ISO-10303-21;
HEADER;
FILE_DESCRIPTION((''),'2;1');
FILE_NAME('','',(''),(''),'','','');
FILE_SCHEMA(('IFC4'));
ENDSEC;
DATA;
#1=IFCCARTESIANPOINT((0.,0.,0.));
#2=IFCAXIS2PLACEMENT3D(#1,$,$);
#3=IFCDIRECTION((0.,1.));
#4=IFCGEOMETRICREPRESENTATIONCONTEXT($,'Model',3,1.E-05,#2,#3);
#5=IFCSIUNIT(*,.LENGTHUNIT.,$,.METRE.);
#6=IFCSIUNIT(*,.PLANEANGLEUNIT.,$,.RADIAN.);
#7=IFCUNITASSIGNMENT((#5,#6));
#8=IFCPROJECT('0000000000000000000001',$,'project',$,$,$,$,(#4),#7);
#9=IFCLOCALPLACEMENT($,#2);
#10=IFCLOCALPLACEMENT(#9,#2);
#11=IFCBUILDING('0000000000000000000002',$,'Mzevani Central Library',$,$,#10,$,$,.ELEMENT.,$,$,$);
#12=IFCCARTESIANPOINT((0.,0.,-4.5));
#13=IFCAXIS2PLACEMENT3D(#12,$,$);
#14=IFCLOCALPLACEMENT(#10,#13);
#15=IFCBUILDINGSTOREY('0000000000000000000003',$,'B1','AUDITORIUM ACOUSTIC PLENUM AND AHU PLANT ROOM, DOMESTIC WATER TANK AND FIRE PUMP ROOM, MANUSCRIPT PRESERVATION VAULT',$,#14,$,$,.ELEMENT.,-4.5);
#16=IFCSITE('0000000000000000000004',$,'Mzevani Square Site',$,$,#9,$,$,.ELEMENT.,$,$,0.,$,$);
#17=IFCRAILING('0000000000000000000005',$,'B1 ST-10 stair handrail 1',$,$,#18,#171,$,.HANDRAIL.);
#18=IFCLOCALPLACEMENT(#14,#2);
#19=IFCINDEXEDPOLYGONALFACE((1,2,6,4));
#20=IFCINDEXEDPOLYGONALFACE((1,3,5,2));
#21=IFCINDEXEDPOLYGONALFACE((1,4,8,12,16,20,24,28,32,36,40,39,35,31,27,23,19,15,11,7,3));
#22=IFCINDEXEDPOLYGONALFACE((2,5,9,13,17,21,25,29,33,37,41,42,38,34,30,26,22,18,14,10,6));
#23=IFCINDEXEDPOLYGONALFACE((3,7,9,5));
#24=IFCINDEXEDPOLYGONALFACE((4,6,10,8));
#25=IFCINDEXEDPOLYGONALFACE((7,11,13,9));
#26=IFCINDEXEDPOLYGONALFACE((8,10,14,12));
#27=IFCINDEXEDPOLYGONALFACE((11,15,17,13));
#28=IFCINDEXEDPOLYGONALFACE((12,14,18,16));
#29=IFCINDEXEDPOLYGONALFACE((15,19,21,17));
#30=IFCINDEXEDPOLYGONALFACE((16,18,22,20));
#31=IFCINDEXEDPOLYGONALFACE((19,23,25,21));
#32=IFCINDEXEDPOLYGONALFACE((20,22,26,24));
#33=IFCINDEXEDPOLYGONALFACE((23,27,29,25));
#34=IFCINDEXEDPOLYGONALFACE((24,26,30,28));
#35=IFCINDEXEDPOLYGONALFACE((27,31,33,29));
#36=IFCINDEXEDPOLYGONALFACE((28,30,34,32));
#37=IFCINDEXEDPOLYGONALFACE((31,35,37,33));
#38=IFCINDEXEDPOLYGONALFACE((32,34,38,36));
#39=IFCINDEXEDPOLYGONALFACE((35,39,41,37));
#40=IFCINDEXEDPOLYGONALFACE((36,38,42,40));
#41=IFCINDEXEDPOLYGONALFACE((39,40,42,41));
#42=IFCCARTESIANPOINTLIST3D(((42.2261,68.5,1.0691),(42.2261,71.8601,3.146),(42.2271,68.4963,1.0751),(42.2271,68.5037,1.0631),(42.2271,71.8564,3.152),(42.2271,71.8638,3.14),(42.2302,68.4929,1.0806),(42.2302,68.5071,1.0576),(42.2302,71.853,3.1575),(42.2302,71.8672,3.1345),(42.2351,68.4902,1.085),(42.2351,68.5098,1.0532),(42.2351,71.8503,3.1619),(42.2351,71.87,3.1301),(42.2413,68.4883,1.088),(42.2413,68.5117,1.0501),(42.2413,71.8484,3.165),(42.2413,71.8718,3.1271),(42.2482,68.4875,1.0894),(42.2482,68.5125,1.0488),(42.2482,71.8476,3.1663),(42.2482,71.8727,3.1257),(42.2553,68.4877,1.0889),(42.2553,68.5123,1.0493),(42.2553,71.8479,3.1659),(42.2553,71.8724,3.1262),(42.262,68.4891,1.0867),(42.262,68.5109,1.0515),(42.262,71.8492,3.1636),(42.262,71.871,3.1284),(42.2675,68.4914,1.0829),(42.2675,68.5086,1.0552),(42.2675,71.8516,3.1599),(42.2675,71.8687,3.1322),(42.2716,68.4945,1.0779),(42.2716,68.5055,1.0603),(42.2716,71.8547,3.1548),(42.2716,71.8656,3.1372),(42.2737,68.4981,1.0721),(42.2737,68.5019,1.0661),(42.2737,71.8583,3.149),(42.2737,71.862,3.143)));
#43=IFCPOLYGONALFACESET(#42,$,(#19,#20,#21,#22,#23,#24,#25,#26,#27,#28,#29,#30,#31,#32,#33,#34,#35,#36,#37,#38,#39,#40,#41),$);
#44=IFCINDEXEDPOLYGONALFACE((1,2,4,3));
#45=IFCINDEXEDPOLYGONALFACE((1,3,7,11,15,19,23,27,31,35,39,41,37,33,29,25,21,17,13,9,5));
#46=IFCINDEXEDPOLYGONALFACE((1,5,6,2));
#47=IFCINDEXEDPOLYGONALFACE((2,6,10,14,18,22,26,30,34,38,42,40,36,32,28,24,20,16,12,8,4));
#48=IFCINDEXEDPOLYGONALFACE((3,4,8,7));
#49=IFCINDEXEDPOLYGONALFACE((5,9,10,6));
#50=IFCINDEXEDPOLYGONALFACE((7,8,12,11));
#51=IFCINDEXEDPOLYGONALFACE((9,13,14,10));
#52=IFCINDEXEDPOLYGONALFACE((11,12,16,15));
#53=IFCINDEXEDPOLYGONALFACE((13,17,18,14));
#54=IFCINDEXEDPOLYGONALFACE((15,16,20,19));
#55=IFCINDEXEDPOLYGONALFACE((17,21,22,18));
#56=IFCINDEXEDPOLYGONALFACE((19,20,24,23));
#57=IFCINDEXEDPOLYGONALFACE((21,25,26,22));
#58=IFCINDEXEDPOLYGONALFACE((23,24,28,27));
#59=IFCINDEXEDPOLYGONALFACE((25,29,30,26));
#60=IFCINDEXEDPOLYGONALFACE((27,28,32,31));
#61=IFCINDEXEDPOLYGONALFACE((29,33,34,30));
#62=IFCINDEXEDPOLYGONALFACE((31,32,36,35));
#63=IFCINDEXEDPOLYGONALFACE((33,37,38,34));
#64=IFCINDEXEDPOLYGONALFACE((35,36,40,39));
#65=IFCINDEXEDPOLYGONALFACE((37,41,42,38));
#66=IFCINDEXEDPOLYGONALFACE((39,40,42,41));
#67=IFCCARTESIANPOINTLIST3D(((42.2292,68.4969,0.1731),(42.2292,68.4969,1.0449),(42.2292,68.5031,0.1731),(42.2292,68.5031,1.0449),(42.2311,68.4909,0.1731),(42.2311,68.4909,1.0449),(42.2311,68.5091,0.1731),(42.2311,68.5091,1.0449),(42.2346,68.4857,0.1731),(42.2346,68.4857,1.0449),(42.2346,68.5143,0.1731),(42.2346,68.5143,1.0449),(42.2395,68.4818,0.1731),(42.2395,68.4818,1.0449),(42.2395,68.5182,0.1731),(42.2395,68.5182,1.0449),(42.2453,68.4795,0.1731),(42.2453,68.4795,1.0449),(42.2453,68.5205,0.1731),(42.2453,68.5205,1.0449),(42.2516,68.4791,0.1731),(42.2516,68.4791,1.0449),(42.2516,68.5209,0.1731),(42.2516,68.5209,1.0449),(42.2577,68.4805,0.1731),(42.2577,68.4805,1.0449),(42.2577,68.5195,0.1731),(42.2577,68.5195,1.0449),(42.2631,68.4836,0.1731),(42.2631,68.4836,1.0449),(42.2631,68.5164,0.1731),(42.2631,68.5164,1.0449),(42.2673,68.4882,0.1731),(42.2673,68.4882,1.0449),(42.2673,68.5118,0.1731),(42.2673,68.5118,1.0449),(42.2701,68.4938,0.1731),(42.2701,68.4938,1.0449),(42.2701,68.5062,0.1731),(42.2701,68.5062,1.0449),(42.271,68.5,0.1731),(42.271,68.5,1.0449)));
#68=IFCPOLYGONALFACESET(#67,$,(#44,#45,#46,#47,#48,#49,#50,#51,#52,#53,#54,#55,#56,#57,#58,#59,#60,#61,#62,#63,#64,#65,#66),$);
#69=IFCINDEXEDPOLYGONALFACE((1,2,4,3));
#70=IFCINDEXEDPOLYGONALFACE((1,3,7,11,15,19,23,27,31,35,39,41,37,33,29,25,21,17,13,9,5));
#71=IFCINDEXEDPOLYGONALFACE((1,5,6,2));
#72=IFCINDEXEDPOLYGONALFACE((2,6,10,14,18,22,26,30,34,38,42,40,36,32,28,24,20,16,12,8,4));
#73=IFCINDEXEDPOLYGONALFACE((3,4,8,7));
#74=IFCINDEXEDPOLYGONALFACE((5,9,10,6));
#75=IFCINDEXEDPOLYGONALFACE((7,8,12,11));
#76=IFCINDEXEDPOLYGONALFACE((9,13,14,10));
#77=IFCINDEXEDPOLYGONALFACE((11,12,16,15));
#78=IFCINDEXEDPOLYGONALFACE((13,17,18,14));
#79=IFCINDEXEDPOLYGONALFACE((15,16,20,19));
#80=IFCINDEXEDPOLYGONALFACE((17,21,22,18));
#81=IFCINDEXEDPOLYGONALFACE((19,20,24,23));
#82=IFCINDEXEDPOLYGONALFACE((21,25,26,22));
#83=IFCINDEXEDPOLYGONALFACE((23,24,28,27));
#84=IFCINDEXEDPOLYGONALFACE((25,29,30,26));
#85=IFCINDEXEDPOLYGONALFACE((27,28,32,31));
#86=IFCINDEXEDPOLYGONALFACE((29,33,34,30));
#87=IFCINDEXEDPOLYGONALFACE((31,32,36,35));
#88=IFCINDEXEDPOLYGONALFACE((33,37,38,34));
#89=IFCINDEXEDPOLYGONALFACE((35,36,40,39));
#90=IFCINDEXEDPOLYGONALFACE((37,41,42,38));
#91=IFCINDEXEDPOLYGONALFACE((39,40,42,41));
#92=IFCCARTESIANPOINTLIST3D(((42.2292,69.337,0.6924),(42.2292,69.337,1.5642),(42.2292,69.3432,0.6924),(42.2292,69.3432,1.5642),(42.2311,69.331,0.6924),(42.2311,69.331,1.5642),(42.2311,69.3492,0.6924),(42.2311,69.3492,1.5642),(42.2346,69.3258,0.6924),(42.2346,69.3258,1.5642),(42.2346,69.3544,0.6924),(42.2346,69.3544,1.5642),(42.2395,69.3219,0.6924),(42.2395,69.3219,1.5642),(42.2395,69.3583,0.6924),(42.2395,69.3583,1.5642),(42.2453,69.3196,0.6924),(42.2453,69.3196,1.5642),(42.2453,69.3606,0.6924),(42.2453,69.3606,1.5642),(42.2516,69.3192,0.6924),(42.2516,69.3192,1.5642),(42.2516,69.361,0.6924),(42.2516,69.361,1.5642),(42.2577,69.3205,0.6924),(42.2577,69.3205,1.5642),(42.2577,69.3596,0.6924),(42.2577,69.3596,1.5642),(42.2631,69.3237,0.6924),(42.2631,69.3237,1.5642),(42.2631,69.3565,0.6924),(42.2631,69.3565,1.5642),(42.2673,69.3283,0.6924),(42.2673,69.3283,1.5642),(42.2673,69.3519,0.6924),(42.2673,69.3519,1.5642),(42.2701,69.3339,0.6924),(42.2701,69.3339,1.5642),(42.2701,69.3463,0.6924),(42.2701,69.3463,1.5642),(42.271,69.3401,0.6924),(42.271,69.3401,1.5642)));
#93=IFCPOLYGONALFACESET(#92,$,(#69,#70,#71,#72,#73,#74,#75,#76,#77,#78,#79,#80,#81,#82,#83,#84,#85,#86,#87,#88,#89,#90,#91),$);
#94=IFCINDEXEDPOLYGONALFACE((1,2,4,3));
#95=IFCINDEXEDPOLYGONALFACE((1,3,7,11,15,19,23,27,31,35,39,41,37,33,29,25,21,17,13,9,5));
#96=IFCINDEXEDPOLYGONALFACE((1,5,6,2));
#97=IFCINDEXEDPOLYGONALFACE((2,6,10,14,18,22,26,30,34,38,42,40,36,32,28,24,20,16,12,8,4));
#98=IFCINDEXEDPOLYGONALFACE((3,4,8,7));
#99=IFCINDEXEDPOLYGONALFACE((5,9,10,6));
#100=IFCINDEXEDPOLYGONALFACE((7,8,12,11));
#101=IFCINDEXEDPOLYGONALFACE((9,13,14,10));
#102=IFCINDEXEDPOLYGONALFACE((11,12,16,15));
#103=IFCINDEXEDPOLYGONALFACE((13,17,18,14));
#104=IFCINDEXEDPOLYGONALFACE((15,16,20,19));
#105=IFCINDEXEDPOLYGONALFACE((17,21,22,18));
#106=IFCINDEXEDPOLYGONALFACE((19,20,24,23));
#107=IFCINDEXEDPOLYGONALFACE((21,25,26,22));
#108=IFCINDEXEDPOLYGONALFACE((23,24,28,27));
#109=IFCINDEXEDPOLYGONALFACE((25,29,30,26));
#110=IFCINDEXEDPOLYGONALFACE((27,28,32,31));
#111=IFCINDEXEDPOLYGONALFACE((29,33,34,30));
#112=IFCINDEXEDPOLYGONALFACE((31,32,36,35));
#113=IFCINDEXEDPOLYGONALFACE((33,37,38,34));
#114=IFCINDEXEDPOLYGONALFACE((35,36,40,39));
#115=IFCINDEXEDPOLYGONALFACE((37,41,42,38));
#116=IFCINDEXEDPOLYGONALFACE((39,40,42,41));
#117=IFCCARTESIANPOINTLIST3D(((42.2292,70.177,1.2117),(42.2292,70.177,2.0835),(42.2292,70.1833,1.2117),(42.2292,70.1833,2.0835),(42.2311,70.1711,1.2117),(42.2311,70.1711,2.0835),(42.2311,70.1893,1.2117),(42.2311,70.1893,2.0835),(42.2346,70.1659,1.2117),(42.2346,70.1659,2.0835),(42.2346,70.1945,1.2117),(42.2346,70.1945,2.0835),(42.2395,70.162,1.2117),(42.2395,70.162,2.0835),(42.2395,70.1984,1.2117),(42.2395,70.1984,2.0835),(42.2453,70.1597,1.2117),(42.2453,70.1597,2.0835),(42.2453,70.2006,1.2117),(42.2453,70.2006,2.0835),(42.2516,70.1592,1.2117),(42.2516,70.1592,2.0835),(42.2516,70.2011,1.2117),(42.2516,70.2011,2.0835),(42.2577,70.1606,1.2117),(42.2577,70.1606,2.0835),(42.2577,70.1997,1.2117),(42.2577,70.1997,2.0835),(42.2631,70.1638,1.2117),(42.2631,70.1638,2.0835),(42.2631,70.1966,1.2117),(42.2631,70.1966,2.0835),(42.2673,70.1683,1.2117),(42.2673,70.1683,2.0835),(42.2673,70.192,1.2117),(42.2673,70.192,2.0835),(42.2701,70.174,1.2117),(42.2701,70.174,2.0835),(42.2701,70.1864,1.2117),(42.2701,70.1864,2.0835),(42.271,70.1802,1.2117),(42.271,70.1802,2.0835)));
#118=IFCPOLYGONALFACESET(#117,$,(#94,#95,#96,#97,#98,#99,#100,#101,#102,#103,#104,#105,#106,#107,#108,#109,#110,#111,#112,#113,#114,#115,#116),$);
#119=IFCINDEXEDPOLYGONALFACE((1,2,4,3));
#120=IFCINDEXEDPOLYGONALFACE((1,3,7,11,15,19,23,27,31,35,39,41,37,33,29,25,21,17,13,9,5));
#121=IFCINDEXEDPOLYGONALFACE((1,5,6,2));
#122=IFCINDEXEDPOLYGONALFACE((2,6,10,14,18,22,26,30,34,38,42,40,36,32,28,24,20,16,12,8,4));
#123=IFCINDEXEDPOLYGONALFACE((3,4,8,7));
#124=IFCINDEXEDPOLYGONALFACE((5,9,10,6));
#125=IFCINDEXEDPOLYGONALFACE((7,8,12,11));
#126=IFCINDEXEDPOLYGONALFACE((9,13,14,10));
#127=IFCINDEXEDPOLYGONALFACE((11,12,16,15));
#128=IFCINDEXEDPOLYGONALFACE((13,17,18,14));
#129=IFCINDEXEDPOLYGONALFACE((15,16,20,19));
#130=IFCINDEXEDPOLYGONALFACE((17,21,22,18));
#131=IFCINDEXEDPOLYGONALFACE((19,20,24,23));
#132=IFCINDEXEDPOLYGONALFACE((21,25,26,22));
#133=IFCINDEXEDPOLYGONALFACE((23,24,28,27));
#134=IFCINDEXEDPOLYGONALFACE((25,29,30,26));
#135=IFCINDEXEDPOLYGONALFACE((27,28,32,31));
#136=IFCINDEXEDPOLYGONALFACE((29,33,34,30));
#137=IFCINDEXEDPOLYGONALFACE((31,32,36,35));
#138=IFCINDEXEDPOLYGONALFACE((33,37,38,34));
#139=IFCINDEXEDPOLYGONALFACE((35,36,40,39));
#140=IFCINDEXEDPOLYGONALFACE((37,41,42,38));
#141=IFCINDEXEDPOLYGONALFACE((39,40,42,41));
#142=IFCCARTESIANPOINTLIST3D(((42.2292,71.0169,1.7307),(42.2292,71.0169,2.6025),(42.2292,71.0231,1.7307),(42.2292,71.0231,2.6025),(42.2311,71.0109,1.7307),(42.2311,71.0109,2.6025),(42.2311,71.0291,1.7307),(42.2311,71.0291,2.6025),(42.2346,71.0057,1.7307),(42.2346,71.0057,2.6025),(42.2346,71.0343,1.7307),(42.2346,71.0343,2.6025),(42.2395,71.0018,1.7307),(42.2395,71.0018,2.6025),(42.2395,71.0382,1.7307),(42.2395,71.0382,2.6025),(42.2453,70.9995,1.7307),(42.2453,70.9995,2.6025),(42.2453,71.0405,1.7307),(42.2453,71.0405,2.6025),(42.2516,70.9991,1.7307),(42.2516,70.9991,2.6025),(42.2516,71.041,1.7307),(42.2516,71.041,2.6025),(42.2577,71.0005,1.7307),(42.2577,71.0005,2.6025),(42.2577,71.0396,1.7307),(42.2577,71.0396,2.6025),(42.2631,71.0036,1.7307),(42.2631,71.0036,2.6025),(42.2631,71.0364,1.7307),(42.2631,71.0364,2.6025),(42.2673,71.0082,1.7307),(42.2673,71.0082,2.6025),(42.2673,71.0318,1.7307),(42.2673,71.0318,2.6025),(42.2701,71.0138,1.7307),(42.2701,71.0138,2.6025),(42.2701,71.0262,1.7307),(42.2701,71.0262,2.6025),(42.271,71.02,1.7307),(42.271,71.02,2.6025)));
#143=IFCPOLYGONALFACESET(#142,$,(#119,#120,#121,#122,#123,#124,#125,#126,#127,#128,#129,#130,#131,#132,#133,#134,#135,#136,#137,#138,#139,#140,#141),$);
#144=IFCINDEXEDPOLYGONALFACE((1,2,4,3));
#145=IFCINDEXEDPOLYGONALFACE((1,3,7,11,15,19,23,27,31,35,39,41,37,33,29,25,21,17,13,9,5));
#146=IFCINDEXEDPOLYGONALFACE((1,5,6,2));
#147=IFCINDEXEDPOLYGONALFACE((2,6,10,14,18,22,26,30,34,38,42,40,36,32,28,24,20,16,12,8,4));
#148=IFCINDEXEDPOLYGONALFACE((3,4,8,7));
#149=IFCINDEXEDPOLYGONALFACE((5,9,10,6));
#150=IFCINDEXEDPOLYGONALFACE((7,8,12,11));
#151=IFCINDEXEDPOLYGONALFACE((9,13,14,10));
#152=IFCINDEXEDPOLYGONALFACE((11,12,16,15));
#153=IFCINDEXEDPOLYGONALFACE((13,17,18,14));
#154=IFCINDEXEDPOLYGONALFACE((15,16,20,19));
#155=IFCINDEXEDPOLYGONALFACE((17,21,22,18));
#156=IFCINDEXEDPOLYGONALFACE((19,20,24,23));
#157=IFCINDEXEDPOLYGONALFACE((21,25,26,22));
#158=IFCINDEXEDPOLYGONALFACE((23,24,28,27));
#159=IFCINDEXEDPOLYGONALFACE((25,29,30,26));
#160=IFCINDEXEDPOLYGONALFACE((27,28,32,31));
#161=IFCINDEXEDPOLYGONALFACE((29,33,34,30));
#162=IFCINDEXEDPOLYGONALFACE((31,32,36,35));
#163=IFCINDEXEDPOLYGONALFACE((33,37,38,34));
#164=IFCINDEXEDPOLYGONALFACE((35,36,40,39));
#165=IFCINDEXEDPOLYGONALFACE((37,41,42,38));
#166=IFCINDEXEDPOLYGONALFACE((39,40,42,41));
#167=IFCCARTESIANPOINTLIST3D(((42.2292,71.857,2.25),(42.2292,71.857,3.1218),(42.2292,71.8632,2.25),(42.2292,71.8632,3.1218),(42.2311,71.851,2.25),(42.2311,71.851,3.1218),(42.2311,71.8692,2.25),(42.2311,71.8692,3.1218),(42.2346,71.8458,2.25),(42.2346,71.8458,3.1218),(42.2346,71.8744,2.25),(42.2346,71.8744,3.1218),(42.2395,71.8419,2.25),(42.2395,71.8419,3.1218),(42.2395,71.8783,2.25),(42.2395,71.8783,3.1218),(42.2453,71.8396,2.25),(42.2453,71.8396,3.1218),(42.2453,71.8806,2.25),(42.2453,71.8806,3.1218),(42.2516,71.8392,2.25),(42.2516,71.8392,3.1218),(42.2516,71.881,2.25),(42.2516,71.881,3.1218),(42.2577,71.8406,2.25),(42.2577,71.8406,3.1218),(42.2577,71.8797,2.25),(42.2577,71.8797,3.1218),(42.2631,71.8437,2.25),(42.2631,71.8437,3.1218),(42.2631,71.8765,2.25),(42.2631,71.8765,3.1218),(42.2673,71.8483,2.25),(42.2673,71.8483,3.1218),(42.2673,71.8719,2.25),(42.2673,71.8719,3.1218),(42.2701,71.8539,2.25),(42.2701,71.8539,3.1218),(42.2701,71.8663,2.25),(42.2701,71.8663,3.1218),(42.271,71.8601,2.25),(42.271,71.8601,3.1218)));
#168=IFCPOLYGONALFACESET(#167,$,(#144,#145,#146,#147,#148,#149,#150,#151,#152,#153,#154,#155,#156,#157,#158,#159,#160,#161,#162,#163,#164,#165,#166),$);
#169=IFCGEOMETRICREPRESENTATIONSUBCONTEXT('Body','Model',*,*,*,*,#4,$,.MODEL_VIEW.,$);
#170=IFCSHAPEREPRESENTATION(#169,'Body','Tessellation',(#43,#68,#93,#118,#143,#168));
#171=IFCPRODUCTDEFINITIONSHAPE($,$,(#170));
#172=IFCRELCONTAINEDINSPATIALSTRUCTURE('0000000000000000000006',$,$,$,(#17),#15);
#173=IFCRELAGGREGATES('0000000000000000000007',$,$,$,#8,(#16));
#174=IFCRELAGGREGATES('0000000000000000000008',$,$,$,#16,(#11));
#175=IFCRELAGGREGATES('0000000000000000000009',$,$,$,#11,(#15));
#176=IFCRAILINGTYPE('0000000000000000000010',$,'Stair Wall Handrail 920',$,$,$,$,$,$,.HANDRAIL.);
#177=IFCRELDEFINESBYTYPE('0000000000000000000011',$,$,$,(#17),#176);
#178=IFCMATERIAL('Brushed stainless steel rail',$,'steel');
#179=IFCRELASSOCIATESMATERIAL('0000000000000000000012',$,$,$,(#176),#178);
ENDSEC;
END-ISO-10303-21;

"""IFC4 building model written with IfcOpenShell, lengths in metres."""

from ifc_helpers import new_model, si_unit, direction, frame, origin, origin_2d, place, context, subcontext, project, spatial, circle, extrude, material, type_object, element, save


model = new_model("IFC4")

# Units and contexts
model_context = context("Model", 3, precision=1e-05, world=origin(), true_north=direction((0.0, 1.0)))
body_context = subcontext(model_context, "Body", "Model", "MODEL_VIEW")
ifc_project = project(units=[si_unit("LENGTHUNIT", "METRE"), si_unit("PLANEANGLEUNIT", "RADIAN")], contexts=[model_context])

# Site, building, storey
site_placement = place(None, origin())
site = spatial("IfcSite", under=ifc_project, at=site_placement, Name="Mzevani Square Site", CompositionType="ELEMENT", RefElevation=0.0)
building_placement = place(site_placement, origin())
building = spatial("IfcBuilding", under=site, at=building_placement, Name="Mzevani Central Library", CompositionType="ELEMENT")
storey_placement = place(building_placement, frame((0.0, 0.0, -4.5)))
storey = spatial("IfcBuildingStorey", under=building, at=storey_placement, Name="B1", Description="AUDITORIUM ACOUSTIC PLENUM AND AHU PLANT ROOM, DOMESTIC WATER TANK AND FIRE PUMP ROOM, MANUSCRIPT PRESERVATION VAULT", CompositionType="ELEMENT", Elevation=-4.5)

# Railing
ifc_material_1 = material(Name="Brushed stainless steel rail", Category="steel")
railing_type_1 = type_object("IfcRailingType", Name="Stair Wall Handrail 920", PredefinedType="HANDRAIL", material=ifc_material_1)
railing_1_placement = place(storey_placement, frame((42.25, 68.5, 0.1731)))
element("IfcRailing", 1, at=railing_1_placement, inside=storey, type_object=railing_type_1, Name="B1 ST-10 stair handrail 1", PredefinedType="HANDRAIL", context=body_context, shape_type="SweptSolid", body=[
    extrude(circle(Radius=0.0239, at=origin_2d()), frame((0.0, 0.0, 0.896), z_axis=(0.0, 0.850623, 0.525776), x_axis=(-1.0, 0.0, 0.0)), (0.0, 0.0, 1.0), 3.9502),
    extrude(circle(Radius=0.021, at=origin_2d()), origin(), (0.0, 0.0, 1.0), 0.8718),
    extrude(circle(Radius=0.021, at=origin_2d()), frame((0.0, 0.8401, 0.5193)), (0.0, 0.0, 1.0), 0.8718),
    extrude(circle(Radius=0.021, at=origin_2d()), frame((0.0, 1.6802, 1.0386)), (0.0, 0.0, 1.0), 0.8718),
    extrude(circle(Radius=0.021, at=origin_2d()), frame((0.0, 2.52, 1.5576)), (0.0, 0.0, 1.0), 0.8718),
    extrude(circle(Radius=0.021, at=origin_2d()), frame((0.0, 3.3601, 2.0769)), (0.0, 0.0, 1.0), 0.8718),
])

save(model, "model.ifc")
